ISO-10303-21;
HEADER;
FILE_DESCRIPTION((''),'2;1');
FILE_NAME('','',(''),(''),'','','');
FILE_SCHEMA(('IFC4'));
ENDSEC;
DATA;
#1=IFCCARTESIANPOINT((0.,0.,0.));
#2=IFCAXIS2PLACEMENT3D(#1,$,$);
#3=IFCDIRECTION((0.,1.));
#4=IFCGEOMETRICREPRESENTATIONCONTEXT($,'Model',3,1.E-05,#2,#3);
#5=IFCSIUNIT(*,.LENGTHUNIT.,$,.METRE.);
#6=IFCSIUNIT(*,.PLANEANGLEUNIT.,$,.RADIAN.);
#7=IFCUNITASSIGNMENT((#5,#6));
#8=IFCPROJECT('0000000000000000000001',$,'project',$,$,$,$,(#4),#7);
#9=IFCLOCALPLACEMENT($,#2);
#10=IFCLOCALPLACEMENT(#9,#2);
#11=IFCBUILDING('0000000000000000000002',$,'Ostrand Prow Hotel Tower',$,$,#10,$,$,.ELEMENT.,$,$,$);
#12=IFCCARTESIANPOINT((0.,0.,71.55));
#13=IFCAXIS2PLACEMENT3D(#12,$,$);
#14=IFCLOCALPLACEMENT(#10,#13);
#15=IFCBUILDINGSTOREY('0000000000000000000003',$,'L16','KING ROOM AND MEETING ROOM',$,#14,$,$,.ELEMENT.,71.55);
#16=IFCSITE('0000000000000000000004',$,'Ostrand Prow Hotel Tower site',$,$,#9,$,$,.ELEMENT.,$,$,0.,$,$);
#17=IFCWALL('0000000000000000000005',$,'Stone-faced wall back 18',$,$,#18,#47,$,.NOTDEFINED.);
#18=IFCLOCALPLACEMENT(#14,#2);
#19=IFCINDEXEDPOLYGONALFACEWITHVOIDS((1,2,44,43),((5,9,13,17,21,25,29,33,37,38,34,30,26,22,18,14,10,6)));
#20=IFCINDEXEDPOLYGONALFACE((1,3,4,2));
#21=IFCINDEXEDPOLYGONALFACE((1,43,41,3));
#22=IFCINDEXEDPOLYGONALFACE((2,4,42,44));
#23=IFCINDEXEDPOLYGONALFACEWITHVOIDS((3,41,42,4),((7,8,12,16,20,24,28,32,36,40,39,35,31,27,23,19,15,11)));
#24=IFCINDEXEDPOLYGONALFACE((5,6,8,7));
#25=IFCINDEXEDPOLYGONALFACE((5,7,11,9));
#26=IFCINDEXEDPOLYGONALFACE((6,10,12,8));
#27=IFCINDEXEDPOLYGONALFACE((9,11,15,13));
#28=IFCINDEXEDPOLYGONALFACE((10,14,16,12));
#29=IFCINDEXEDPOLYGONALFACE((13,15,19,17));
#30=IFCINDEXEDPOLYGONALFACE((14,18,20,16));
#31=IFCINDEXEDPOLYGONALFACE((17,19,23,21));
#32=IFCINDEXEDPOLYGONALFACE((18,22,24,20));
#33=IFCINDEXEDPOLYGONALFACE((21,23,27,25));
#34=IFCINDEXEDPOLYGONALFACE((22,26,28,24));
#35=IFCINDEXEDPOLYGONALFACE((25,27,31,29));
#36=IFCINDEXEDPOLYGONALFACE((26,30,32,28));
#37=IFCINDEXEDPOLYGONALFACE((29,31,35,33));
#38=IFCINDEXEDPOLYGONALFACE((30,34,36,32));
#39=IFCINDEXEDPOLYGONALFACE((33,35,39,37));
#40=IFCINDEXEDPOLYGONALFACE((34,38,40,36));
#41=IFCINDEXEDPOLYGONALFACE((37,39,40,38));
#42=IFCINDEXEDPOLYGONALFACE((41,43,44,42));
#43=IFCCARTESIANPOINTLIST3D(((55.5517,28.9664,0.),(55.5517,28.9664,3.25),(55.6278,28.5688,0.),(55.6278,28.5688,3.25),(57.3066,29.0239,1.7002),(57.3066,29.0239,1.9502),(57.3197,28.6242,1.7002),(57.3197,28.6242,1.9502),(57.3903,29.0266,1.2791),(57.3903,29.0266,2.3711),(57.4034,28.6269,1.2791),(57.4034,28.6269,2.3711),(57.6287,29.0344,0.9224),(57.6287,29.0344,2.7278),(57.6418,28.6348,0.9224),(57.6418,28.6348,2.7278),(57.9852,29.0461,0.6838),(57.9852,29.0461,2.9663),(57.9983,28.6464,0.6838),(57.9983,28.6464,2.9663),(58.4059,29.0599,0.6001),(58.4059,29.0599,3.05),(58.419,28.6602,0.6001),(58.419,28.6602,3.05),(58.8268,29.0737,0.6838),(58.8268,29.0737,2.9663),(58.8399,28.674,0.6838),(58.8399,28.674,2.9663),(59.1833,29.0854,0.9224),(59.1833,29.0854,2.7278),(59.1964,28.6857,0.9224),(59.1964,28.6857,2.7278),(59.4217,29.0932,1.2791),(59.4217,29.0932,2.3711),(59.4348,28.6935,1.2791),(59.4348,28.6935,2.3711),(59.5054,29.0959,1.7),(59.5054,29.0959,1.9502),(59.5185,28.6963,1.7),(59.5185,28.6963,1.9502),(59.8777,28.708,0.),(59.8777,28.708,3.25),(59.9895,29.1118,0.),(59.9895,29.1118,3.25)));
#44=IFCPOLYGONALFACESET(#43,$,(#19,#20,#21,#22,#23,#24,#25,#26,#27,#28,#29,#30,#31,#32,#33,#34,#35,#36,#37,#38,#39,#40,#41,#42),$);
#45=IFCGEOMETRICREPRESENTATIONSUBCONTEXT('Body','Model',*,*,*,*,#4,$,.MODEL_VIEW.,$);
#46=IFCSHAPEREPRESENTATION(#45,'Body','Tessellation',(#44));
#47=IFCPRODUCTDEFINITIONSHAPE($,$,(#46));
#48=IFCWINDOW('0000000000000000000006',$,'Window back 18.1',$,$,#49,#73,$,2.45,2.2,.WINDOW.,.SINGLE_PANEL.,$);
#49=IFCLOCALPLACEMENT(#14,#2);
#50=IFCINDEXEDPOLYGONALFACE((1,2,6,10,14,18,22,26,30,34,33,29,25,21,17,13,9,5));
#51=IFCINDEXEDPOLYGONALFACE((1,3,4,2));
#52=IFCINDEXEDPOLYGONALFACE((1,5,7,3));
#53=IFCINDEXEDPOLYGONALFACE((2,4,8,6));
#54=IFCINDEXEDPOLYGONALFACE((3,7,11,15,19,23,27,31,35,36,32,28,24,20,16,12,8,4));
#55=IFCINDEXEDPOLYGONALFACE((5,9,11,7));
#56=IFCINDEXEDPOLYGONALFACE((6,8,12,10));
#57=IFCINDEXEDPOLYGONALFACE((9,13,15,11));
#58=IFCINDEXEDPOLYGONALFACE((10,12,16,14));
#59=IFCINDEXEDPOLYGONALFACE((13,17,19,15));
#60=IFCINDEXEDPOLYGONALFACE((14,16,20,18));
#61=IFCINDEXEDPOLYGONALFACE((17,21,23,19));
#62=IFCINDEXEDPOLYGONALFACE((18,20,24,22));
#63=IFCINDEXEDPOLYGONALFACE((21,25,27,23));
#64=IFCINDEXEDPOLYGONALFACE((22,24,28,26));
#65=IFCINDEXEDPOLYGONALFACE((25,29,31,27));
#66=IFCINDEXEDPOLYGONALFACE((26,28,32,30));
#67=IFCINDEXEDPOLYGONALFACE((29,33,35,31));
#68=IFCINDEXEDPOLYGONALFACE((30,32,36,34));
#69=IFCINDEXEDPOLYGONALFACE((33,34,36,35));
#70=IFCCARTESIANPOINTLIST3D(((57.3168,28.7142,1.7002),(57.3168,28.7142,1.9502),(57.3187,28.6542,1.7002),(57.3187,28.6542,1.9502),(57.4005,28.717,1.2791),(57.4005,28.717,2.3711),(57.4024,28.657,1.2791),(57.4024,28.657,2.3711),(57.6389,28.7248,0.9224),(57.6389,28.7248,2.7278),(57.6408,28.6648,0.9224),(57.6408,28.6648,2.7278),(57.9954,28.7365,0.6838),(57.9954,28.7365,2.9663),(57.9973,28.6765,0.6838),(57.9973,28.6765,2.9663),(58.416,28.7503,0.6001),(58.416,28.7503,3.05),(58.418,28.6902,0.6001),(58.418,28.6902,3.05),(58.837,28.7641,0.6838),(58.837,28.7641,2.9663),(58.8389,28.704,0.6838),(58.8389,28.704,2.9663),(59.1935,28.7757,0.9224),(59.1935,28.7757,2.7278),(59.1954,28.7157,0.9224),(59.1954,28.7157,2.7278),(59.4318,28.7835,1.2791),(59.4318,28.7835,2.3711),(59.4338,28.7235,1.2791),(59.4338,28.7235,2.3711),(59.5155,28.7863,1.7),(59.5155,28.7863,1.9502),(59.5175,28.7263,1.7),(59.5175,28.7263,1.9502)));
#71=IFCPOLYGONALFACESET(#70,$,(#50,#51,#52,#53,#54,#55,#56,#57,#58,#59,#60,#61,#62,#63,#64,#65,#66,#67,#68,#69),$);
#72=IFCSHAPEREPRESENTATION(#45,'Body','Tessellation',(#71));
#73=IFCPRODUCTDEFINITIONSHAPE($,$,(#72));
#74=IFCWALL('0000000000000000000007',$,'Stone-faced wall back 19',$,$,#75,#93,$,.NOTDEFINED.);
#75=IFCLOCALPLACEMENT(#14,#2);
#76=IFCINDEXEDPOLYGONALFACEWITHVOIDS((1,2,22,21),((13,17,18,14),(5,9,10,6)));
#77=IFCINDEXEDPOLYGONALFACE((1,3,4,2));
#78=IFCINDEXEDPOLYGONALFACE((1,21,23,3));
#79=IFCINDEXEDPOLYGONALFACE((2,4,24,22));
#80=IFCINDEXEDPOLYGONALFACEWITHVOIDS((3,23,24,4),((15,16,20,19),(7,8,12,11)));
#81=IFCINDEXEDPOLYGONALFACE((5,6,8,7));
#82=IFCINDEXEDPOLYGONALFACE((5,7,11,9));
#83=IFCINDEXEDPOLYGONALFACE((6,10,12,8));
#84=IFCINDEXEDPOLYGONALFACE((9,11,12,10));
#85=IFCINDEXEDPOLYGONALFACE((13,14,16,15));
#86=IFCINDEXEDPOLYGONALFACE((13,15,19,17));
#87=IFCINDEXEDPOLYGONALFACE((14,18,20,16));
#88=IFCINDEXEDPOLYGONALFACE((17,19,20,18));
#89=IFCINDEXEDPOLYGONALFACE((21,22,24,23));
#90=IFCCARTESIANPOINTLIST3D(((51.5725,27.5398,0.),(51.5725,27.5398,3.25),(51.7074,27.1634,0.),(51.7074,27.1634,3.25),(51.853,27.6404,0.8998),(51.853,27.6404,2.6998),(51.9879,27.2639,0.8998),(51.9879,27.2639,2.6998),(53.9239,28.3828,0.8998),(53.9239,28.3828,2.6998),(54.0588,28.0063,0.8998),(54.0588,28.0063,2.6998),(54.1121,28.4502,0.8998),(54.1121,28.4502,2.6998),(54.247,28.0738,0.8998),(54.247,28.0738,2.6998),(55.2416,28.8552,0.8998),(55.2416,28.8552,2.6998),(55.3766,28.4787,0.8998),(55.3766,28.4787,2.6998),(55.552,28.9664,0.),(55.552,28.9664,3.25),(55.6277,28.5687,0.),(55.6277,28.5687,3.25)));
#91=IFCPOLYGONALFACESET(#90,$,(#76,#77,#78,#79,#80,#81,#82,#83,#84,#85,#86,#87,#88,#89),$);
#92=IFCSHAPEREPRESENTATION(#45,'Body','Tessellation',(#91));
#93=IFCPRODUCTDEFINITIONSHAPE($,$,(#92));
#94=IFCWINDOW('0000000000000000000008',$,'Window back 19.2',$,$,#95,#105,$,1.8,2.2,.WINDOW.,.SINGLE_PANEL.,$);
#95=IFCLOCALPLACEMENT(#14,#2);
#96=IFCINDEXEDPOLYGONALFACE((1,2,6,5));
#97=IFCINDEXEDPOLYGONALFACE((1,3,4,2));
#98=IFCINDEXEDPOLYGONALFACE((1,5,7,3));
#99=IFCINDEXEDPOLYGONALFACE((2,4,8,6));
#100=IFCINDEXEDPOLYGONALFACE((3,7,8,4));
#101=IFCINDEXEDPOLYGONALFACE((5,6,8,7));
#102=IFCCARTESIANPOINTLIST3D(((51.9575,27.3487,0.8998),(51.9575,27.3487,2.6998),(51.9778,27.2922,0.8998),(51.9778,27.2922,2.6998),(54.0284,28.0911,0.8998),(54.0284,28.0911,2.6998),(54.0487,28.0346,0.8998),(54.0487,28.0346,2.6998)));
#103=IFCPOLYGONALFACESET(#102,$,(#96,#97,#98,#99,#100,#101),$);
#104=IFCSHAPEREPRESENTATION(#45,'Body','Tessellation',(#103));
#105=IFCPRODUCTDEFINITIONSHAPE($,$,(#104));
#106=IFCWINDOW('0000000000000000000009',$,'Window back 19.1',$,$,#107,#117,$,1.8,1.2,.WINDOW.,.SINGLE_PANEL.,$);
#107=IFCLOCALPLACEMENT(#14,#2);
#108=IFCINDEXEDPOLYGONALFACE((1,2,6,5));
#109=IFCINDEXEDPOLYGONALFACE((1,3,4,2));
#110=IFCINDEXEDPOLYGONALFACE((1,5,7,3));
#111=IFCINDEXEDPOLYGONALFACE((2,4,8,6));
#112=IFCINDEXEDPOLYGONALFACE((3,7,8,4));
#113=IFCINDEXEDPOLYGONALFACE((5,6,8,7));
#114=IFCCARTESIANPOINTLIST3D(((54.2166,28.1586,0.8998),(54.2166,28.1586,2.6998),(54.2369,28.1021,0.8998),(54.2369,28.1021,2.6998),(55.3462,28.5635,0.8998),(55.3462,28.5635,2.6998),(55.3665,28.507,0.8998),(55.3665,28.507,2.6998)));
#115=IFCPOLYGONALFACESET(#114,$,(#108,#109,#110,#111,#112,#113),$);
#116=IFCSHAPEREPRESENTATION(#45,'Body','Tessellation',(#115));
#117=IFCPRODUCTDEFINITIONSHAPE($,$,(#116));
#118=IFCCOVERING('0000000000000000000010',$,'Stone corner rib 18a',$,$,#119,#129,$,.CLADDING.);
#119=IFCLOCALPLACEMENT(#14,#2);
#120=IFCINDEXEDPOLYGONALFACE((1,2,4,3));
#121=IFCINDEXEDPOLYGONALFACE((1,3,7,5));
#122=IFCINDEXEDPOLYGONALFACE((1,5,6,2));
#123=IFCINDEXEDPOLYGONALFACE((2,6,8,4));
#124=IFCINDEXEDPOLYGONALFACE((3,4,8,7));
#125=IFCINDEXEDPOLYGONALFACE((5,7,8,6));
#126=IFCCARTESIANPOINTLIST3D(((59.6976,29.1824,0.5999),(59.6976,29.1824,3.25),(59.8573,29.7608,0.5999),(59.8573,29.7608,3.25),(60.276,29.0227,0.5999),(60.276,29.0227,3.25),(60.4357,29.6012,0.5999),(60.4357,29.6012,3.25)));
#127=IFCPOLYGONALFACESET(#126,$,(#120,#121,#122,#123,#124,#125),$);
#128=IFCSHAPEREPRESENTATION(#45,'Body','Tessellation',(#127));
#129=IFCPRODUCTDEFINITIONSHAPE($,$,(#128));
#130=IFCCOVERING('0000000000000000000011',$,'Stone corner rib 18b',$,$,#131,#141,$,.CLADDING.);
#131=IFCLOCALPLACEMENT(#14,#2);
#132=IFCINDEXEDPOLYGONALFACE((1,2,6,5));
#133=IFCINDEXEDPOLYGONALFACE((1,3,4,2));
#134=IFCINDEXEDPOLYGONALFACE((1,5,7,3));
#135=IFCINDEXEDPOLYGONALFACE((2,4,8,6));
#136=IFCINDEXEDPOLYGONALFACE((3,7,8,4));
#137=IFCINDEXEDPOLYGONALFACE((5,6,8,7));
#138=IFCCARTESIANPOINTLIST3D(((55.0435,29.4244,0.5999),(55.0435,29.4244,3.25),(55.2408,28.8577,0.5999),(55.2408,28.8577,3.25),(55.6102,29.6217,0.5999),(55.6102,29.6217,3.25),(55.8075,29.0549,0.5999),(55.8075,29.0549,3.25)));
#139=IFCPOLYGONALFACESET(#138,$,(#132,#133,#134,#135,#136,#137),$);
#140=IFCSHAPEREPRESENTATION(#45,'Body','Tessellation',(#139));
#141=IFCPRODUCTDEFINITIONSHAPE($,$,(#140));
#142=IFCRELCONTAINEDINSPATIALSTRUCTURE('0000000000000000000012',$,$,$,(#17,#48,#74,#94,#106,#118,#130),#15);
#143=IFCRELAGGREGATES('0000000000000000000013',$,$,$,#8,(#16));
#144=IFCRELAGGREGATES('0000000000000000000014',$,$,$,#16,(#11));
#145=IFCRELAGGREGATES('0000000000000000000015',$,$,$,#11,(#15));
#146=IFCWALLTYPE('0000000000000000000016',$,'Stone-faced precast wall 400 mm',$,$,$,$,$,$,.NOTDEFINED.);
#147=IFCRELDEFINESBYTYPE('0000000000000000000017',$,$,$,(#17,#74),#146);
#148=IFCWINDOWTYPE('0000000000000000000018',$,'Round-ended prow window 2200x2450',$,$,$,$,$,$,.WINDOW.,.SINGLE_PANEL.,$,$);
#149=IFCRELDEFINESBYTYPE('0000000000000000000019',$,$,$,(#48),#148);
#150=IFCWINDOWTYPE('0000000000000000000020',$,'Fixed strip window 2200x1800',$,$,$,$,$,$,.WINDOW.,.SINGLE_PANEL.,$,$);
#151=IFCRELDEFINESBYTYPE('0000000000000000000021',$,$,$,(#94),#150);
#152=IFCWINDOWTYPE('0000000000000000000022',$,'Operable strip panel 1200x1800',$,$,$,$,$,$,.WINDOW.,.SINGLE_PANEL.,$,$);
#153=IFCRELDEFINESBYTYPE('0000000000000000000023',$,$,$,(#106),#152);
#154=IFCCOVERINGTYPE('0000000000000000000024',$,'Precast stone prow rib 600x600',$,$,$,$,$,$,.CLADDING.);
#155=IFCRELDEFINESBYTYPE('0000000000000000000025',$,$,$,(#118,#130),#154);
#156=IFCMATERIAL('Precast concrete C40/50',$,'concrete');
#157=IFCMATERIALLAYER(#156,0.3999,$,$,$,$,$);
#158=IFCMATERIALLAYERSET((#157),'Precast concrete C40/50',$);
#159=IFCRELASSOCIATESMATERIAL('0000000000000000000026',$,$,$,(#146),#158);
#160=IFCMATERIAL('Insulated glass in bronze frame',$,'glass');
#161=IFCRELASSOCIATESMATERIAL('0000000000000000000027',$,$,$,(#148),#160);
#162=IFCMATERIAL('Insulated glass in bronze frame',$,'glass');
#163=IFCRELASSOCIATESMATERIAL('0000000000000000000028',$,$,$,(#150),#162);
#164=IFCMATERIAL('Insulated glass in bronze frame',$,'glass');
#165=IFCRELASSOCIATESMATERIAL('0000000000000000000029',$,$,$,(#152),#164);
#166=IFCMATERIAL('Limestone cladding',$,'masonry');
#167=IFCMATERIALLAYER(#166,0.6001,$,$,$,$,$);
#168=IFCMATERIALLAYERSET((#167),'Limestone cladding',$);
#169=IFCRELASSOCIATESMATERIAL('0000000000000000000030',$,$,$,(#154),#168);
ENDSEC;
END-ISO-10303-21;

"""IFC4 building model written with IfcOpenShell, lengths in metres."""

from ifc_helpers import new_model, si_unit, direction, frame, frame_2d, origin, place, context, subcontext, project, spatial, polyline, rectangle, outline, extrude, material, layer, layer_set, type_object, element, fill, save


model = new_model("IFC4")

# Units and contexts
model_context = context("Model", 3, precision=1e-05, world=origin(), true_north=direction((0.0, 1.0)))
body_context = subcontext(model_context, "Body", "Model", "MODEL_VIEW")
ifc_project = project(units=[si_unit("LENGTHUNIT", "METRE"), si_unit("PLANEANGLEUNIT", "RADIAN")], contexts=[model_context])

# Site, building, storey
site_placement = place(None, origin())
site = spatial("IfcSite", under=ifc_project, at=site_placement, Name="Ostrand Prow Hotel Tower site", CompositionType="ELEMENT", RefElevation=0.0)
building_placement = place(site_placement, origin())
building = spatial("IfcBuilding", under=site, at=building_placement, Name="Ostrand Prow Hotel Tower", CompositionType="ELEMENT")
storey_placement = place(building_placement, frame((0.0, 0.0, 71.55)))
storey = spatial("IfcBuildingStorey", under=building, at=storey_placement, Name="L16", Description="KING ROOM AND MEETING ROOM", CompositionType="ELEMENT", Elevation=71.55)

# Wall, opening, window
ifc_material_1 = material(Name="Precast concrete C40/50", Category="concrete")
ifc_layer_1 = layer(ifc_material_1, 0.3999)
ifc_layer_set_1 = layer_set([ifc_layer_1], Name="Precast concrete C40/50")
wall_type_1 = type_object("IfcWallType", Name="Stone-faced precast wall 400 mm", PredefinedType="NOTDEFINED", material=ifc_layer_set_1)
wall_1_placement = place(storey_placement, frame((59.9336, 28.9099, 0.0), z_axis=(0.0, 0.0, 1.0), x_axis=(-0.999464, -0.03275, 0.0)))
wall_1 = element("IfcWall", 1, at=wall_1_placement, inside=storey, type_object=wall_type_1, Name="Stone-faced wall back 18", PredefinedType="NOTDEFINED", context=body_context, shape_type="SweptSolid", body=[
    extrude(outline(polyline([(-0.0625, -0.2), (4.3777, -0.2), (4.3147, 0.2), (0.0625, 0.2), (-0.0625, -0.2)])), origin(), (0.0, 0.0, 1.0), 3.25),
])
opening_1_placement = place(wall_1_placement, frame((0.4219, 0.0, 0.6001)))
opening_1 = element("IfcOpeningElement", 2, at=opening_1_placement, cuts=wall_1, PredefinedType="OPENING", context=body_context, shape_type="SweptSolid", body=[
    extrude(outline(polyline([(0.0, 1.3501), (0.0837, 1.771), (0.3223, 2.1277), (0.679, 2.3662), (1.1001, 2.45), (1.521, 2.3662), (1.8777, 2.1277), (2.1162, 1.771), (2.2, 1.3501), (2.2, 1.1001), (2.1162, 0.679), (1.8777, 0.3223), (1.521, 0.0837), (1.1001, 0.0), (0.679, 0.0837), (0.3223, 0.3223), (0.0837, 0.679), (0.0, 1.0999), (0.0, 1.3501)])), frame((0.0, 0.21, 0.0), z_axis=(0.0, -1.0, 0.0), x_axis=(1.0, 0.0, 0.0)), (0.0, 0.0, 1.0), 0.4199),
])
ifc_material_2 = material(Name="Insulated glass in bronze frame", Category="glass")
window_type_1 = type_object("IfcWindowType", Name="Round-ended prow window 2200x2450", PartitioningType="SINGLE_PANEL", PredefinedType="WINDOW", material=ifc_material_2)
window_1_placement = place(opening_1_placement, origin())
window_1 = element("IfcWindow", 3, at=window_1_placement, inside=storey, type_object=window_type_1, Name="Window back 18.1", OverallHeight=2.45, OverallWidth=2.2, PartitioningType="SINGLE_PANEL", PredefinedType="WINDOW", context=body_context, shape_type="SweptSolid", body=[
    extrude(outline(polyline([(0.0, 1.3501), (0.0837, 1.771), (0.3223, 2.1277), (0.679, 2.3662), (1.1001, 2.45), (1.521, 2.3662), (1.8777, 2.1277), (2.1162, 1.771), (2.2, 1.3501), (2.2, 1.1001), (2.1162, 0.679), (1.8777, 0.3223), (1.521, 0.0837), (1.1001, 0.0), (0.679, 0.0837), (0.3223, 0.3223), (0.0837, 0.679), (0.0, 1.0999), (0.0, 1.3501)])), frame((0.0, 0.1699, 0.0), z_axis=(0.0, -1.0, 0.0), x_axis=(1.0, 0.0, 0.0)), (0.0, 0.0, 1.0), 0.0601),
])
fill(opening_1, window_1)

# Wall, openings, windows
wall_2_placement = place(storey_placement, frame((55.5898, 28.7676, 0.0), z_axis=(0.0, 0.0, 1.0), x_axis=(-0.94134, -0.33746, 0.0)))
wall_2 = element("IfcWall", 4, at=wall_2_placement, inside=storey, type_object=wall_type_1, Name="Stone-faced wall back 19", PredefinedType="NOTDEFINED", context=body_context, shape_type="SweptSolid", body=[
    extrude(outline(polyline([(-0.0315, -0.2), (4.196, -0.2), (4.196, 0.2), (0.0315, 0.2), (-0.0315, -0.2)])), origin(), (0.0, 0.0, 1.0), 3.25),
])
opening_2_placement = place(wall_2_placement, frame((0.2981, 0.0, 0.8999)))
opening_2 = element("IfcOpeningElement", 5, at=opening_2_placement, cuts=wall_2, PredefinedType="OPENING", context=body_context, shape_type="SweptSolid", body=[
    extrude(rectangle(XDim=1.2, YDim=1.8, at=frame_2d((0.6001, 0.8999))), frame((0.0, 0.21, 0.0), z_axis=(0.0, -1.0, 0.0), x_axis=(1.0, 0.0, 0.0)), (0.0, 0.0, 1.0), 0.4199),
])
opening_3_placement = place(wall_2_placement, frame((1.698, 0.0, 0.8999)))
opening_3 = element("IfcOpeningElement", 6, at=opening_3_placement, cuts=wall_2, PredefinedType="OPENING", context=body_context, shape_type="SweptSolid", body=[
    extrude(rectangle(XDim=2.2, YDim=1.8, at=frame_2d((1.1001, 0.8999))), frame((0.0, 0.21, 0.0), z_axis=(0.0, -1.0, 0.0), x_axis=(1.0, 0.0, 0.0)), (0.0, 0.0, 1.0), 0.4199),
])
ifc_material_3 = material(Name="Insulated glass in bronze frame", Category="glass")
window_type_2 = type_object("IfcWindowType", Name="Fixed strip window 2200x1800", PartitioningType="SINGLE_PANEL", PredefinedType="WINDOW", material=ifc_material_3)
window_2_placement = place(opening_3_placement, origin())
window_2 = element("IfcWindow", 7, at=window_2_placement, inside=storey, type_object=window_type_2, Name="Window back 19.2", OverallHeight=1.8, OverallWidth=2.2, PartitioningType="SINGLE_PANEL", PredefinedType="WINDOW", context=body_context, shape_type="SweptSolid", body=[
    extrude(rectangle(XDim=2.2, YDim=1.8, at=frame_2d((1.1001, 0.8999))), frame((0.0, 0.1699, 0.0), z_axis=(0.0, -1.0, 0.0), x_axis=(1.0, 0.0, 0.0)), (0.0, 0.0, 1.0), 0.0601),
])
fill(opening_3, window_2)
ifc_material_4 = material(Name="Insulated glass in bronze frame", Category="glass")
window_type_3 = type_object("IfcWindowType", Name="Operable strip panel 1200x1800", PartitioningType="SINGLE_PANEL", PredefinedType="WINDOW", material=ifc_material_4)
window_3_placement = place(opening_2_placement, origin())
window_3 = element("IfcWindow", 8, at=window_3_placement, inside=storey, type_object=window_type_3, Name="Window back 19.1", OverallHeight=1.8, OverallWidth=1.2, PartitioningType="SINGLE_PANEL", PredefinedType="WINDOW", context=body_context, shape_type="SweptSolid", body=[
    extrude(rectangle(XDim=1.2, YDim=1.8, at=frame_2d((0.6001, 0.8999))), frame((0.0, 0.1699, 0.0), z_axis=(0.0, -1.0, 0.0), x_axis=(1.0, 0.0, 0.0)), (0.0, 0.0, 1.0), 0.0601),
])
fill(opening_2, window_3)

# Coverings
ifc_material_5 = material(Name="Limestone cladding", Category="masonry")
ifc_layer_2 = layer(ifc_material_5, 0.6001)
ifc_layer_set_2 = layer_set([ifc_layer_2], Name="Limestone cladding")
covering_type = type_object("IfcCoveringType", Name="Precast stone prow rib 600x600", PredefinedType="CLADDING", material=ifc_layer_set_2)
for number, where, z_axis, x_axis, name in (
    (9, (59.9868, 29.1025, 0.5999), (0.0, 0.0, 1.0), (0.266112, 0.963942, 0.0), "Stone corner rib 18a"),
    (10, (55.5242, 28.9563, 0.5999), (0.0, 0.0, 1.0), (-0.328773, 0.944409, 0.0), "Stone corner rib 18b"),
):
    element("IfcCovering", number, at=place(storey_placement, frame(where, z_axis=z_axis, x_axis=x_axis)), inside=storey, type_object=covering_type, Name=name, PredefinedType="CLADDING", context=body_context, shape_type="SweptSolid", body=[
        extrude(rectangle(XDim=0.6001, YDim=0.6001, at=frame_2d((0.3, 0.0))), origin(), (0.0, 0.0, 1.0), 2.6501),
    ])

save(model, "model.ifc")
